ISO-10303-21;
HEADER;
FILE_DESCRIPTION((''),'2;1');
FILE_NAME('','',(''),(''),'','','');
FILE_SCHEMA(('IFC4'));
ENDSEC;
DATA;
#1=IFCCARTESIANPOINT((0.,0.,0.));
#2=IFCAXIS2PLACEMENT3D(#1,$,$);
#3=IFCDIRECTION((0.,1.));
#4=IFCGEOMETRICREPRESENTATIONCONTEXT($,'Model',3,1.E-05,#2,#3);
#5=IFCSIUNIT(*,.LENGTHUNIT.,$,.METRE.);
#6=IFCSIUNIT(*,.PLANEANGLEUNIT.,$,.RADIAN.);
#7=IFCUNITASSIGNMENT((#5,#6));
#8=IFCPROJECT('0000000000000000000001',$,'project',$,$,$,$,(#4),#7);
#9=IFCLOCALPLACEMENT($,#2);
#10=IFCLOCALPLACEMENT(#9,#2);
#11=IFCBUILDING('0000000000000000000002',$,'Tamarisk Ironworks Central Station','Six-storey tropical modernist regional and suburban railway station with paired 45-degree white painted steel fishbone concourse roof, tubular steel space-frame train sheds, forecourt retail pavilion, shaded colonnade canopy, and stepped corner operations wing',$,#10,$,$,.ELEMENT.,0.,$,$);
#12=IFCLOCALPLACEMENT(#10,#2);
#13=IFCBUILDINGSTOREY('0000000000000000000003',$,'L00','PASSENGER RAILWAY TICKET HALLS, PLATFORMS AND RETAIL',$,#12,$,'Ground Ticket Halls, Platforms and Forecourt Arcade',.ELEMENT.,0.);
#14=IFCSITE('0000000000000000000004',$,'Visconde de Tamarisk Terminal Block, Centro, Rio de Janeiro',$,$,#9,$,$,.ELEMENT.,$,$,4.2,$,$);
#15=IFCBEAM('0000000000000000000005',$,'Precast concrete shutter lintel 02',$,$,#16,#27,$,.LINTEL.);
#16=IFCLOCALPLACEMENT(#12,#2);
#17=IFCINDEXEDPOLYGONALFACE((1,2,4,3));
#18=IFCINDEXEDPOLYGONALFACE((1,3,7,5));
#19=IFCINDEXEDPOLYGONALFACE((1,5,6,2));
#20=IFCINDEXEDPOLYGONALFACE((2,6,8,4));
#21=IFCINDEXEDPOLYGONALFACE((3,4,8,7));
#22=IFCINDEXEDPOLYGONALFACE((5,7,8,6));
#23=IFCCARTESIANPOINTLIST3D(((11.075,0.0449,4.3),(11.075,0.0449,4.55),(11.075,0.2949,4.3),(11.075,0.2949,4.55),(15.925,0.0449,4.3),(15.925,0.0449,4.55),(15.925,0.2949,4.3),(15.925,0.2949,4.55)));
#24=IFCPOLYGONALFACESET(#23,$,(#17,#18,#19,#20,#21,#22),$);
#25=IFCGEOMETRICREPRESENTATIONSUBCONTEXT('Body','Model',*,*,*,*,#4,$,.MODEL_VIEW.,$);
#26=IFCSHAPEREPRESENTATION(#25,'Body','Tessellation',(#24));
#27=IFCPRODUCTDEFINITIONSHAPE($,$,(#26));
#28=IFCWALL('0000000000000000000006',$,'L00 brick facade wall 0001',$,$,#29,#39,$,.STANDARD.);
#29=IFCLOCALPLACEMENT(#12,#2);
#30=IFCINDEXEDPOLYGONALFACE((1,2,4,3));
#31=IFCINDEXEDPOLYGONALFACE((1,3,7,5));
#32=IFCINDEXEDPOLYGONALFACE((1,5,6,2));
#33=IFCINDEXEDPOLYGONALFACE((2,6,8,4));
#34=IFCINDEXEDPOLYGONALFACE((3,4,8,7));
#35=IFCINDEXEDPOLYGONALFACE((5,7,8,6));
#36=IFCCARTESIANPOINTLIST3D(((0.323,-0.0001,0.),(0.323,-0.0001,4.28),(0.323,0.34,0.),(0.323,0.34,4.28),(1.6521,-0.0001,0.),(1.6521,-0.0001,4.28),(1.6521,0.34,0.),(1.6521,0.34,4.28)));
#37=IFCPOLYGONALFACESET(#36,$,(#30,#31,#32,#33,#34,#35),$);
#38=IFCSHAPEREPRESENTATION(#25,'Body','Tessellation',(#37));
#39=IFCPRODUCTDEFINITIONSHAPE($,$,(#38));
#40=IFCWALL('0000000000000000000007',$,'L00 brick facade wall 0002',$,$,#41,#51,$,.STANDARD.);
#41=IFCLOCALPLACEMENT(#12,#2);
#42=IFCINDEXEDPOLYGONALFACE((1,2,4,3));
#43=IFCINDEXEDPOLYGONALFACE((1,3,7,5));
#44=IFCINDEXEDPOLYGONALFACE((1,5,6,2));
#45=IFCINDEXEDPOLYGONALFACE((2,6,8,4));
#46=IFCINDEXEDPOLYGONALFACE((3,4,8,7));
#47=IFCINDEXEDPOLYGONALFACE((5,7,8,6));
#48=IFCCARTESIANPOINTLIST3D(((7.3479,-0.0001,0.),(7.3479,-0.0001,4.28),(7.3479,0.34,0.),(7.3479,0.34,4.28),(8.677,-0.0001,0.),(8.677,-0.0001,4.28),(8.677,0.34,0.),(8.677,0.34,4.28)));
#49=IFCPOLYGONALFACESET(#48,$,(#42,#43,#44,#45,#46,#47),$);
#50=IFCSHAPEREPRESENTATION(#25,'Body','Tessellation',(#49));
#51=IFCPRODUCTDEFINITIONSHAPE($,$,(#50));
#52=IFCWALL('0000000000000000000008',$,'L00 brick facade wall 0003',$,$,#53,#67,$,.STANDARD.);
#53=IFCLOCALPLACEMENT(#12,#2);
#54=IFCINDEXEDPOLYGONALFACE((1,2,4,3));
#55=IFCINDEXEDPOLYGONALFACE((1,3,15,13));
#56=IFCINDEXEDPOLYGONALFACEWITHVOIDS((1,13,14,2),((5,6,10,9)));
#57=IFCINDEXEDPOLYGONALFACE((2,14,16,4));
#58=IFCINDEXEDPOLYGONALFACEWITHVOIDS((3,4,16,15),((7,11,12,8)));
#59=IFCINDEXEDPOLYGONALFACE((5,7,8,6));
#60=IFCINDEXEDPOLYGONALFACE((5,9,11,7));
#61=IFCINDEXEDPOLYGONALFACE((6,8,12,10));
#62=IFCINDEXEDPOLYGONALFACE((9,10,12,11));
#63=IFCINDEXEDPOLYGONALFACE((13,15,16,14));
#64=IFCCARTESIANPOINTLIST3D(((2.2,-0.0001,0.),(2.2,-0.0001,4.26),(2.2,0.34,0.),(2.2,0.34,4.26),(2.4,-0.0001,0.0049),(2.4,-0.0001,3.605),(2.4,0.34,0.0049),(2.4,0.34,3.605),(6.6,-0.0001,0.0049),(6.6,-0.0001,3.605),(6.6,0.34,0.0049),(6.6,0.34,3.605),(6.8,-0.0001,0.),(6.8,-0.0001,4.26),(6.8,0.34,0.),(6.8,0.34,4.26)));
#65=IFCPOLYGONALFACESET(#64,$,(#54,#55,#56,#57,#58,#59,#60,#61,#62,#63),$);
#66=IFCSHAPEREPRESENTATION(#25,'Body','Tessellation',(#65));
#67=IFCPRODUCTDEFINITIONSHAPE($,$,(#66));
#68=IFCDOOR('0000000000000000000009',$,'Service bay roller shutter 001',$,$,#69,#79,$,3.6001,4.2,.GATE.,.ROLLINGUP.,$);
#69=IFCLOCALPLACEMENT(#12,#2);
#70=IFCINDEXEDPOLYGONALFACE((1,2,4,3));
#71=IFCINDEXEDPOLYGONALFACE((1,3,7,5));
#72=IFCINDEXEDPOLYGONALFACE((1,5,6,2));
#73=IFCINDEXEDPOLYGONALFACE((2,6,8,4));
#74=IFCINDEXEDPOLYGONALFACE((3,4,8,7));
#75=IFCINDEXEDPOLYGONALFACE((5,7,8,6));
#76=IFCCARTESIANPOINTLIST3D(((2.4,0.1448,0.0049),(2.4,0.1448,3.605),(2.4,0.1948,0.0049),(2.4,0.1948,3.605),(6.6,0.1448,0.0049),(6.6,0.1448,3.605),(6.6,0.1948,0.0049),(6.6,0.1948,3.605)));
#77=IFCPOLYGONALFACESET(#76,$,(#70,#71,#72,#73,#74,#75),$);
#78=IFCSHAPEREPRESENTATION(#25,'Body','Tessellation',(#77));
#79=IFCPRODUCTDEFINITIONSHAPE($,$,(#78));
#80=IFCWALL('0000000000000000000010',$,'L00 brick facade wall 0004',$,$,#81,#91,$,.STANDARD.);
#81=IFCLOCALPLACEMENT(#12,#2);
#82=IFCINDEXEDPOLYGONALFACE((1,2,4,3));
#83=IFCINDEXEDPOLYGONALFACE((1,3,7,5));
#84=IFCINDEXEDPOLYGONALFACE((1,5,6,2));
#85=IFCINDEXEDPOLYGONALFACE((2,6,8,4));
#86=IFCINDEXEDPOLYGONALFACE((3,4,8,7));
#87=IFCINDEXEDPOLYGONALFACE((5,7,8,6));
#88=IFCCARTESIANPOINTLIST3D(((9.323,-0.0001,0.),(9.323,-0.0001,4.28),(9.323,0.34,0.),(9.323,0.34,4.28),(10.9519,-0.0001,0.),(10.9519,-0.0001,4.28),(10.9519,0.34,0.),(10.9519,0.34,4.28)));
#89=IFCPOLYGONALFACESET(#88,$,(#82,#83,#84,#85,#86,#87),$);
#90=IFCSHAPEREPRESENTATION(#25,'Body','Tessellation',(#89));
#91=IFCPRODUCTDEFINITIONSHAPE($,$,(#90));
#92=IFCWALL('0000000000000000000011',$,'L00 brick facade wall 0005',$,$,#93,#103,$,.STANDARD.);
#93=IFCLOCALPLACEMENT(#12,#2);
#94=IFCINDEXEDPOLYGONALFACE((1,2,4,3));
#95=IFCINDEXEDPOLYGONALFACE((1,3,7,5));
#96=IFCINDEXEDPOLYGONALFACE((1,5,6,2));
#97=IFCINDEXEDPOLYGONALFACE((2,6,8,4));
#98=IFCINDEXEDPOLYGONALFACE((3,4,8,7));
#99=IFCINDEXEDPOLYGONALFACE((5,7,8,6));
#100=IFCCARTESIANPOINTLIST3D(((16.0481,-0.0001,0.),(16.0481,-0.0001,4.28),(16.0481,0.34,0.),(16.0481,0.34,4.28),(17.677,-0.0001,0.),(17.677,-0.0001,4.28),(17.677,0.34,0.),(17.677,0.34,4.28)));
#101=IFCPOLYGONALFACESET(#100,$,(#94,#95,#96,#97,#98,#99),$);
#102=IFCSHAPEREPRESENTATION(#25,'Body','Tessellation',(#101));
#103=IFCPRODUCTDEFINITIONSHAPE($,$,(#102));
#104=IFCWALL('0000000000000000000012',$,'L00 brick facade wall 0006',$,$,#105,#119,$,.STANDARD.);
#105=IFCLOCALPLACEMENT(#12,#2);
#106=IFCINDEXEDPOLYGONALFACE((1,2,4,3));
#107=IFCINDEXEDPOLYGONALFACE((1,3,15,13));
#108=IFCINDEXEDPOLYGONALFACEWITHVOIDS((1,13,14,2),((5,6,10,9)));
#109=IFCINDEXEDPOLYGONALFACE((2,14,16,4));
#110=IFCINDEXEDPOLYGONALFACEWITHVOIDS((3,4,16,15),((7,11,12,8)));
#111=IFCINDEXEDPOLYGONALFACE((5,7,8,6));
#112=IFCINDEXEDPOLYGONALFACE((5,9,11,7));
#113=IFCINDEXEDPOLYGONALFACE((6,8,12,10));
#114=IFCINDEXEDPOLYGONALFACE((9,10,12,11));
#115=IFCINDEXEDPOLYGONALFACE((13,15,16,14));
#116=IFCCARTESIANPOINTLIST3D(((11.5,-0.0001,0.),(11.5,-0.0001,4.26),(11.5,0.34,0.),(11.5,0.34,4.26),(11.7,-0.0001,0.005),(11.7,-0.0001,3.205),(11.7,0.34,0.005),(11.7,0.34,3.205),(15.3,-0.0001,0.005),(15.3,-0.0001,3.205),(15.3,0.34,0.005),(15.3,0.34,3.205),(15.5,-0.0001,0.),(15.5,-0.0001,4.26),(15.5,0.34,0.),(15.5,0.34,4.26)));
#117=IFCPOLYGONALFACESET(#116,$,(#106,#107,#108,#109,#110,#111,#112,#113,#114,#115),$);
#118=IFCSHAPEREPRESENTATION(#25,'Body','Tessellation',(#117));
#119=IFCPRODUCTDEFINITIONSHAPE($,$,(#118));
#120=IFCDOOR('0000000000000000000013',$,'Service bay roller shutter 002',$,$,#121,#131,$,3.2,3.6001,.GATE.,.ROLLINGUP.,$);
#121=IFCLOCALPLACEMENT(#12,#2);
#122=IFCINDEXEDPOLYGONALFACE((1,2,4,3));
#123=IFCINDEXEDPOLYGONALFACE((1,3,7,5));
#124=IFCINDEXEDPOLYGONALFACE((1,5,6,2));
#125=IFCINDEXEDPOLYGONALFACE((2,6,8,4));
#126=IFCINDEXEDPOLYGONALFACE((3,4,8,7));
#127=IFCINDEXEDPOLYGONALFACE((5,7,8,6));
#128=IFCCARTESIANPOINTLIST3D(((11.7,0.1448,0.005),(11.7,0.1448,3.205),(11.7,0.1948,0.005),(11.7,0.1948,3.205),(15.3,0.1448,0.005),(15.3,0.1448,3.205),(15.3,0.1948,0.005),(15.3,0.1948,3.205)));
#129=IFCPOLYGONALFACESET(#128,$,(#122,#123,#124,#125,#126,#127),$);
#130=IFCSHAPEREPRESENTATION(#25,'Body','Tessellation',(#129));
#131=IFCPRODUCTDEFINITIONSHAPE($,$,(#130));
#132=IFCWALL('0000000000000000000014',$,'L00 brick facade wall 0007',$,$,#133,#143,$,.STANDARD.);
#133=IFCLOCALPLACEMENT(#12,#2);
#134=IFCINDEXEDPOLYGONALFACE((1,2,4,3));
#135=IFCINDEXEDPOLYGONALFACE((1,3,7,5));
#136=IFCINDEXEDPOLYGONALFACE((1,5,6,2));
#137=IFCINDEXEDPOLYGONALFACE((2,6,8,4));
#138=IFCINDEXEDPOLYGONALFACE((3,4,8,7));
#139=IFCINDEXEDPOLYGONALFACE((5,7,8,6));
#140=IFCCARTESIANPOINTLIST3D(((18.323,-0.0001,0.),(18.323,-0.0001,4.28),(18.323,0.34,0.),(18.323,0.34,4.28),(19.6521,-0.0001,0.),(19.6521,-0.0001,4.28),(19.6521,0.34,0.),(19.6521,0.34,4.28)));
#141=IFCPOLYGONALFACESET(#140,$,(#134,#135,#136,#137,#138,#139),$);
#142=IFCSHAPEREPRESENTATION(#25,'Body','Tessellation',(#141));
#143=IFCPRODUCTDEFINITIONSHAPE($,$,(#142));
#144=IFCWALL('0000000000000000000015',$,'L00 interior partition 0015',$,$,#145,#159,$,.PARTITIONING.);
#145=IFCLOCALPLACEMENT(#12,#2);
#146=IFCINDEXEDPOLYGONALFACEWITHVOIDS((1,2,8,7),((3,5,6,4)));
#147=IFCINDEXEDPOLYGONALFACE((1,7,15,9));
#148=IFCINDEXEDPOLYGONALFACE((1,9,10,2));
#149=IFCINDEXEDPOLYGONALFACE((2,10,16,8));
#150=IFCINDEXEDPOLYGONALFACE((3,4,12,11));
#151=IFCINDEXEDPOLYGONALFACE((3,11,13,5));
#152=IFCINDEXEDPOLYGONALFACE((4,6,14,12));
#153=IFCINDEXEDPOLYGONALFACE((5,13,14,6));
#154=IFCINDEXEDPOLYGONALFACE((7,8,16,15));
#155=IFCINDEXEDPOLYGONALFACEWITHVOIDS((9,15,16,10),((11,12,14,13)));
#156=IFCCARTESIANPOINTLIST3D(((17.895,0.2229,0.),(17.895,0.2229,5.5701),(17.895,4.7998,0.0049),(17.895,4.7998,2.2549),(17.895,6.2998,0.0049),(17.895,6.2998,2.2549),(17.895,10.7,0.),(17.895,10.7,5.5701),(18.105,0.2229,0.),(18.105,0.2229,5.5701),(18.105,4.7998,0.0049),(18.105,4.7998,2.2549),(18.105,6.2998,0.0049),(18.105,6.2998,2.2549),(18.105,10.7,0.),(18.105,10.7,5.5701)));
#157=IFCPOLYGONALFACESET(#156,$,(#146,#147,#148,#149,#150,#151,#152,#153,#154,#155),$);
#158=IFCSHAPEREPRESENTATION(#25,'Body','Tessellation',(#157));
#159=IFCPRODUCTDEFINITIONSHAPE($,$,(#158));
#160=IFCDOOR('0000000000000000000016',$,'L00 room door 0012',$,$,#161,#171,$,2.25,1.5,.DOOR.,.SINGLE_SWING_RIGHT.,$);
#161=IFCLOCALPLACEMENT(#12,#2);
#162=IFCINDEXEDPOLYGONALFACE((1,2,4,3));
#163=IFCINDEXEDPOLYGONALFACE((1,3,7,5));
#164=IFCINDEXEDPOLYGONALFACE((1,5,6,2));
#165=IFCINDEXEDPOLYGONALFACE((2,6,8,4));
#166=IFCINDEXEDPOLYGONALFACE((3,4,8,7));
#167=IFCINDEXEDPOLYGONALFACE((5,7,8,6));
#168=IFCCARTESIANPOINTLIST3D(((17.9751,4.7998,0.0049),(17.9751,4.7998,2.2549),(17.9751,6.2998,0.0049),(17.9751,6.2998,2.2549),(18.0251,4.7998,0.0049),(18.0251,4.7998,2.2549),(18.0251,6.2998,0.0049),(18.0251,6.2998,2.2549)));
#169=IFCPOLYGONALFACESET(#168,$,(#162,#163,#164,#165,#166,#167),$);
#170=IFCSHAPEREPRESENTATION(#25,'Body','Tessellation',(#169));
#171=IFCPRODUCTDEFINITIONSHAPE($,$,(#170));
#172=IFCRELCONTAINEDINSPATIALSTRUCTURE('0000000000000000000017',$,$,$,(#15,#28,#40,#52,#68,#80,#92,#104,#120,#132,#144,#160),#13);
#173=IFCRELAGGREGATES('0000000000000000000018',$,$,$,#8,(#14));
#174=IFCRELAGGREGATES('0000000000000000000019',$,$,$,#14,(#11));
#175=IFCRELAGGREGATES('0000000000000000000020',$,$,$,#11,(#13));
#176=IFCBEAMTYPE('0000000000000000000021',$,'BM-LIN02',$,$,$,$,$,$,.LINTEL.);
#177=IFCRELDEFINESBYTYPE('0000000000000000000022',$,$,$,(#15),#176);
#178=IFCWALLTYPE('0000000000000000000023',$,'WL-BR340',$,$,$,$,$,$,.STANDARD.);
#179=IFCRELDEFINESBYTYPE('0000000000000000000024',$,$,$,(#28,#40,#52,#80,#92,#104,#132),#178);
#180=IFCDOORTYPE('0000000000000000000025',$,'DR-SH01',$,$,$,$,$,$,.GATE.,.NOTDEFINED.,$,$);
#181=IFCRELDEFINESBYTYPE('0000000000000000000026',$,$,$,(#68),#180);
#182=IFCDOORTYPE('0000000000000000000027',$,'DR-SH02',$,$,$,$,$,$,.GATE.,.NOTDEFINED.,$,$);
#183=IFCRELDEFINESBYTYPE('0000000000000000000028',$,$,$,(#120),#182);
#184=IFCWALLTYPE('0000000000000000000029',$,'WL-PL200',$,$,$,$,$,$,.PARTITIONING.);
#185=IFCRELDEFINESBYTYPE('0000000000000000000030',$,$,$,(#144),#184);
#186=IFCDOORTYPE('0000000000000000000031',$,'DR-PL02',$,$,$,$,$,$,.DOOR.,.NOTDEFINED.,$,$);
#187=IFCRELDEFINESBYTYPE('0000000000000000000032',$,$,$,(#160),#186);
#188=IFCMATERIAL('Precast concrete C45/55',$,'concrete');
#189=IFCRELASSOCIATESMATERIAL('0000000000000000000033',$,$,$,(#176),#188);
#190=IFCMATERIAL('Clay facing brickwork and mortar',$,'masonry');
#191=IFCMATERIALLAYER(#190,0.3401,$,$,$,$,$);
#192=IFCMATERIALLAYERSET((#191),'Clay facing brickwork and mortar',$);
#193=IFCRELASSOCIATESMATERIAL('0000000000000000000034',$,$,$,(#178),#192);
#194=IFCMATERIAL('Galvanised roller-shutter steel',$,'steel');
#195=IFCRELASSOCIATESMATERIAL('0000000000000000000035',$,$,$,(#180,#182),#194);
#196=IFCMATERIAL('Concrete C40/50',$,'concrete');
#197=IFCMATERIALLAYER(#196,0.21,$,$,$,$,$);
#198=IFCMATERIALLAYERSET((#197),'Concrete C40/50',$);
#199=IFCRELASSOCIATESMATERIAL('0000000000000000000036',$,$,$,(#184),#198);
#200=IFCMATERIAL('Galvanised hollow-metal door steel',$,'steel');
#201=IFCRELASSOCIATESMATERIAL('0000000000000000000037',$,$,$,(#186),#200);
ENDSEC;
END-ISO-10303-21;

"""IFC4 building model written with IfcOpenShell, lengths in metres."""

from ifc_helpers import new_model, si_unit, direction, frame, frame_2d, origin, origin_2d, place, context, subcontext, project, spatial, rectangle, extrude, material, layer, layer_set, material_profile, profile_set, type_object, element, fill, save


model = new_model("IFC4")

# Units and contexts
model_context = context("Model", 3, precision=1e-05, world=origin(), true_north=direction((0.0, 1.0)))
body_context = subcontext(model_context, "Body", "Model", "MODEL_VIEW")
ifc_project = project(units=[si_unit("LENGTHUNIT", "METRE"), si_unit("PLANEANGLEUNIT", "RADIAN")], contexts=[model_context])

# Site, building, storey
site_placement = place(None, origin())
site = spatial("IfcSite", under=ifc_project, at=site_placement, Name="Visconde de Tamarisk Terminal Block, Centro, Rio de Janeiro", CompositionType="ELEMENT", RefElevation=4.2)
building_placement = place(site_placement, origin())
building = spatial("IfcBuilding", under=site, at=building_placement, Name="Tamarisk Ironworks Central Station", Description="Six-storey tropical modernist regional and suburban railway station with paired 45-degree white painted steel fishbone concourse roof, tubular steel space-frame train sheds, forecourt retail pavilion, shaded colonnade canopy, and stepped corner operations wing", CompositionType="ELEMENT", ElevationOfRefHeight=0.0)
storey_placement = place(building_placement, origin())
storey = spatial("IfcBuildingStorey", under=building, at=storey_placement, Name="L00", Description="PASSENGER RAILWAY TICKET HALLS, PLATFORMS AND RETAIL", LongName="Ground Ticket Halls, Platforms and Forecourt Arcade", CompositionType="ELEMENT", Elevation=0.0)

# Shared definitions
ifc_material_1 = material(Name="Concrete C40/50", Category="concrete")

# Shared definitions
ifc_material_2 = material(Name="Clay facing brickwork and mortar", Category="masonry")

# Beam
ifc_material_3 = material(Name="Precast concrete C45/55", Category="concrete")
ifc_material_profile_1 = material_profile(ifc_material_3, rectangle(XDim=0.25, YDim=0.25, at=origin_2d()), Name="PC LINTEL 250x250")
ifc_profile_set_1 = profile_set([ifc_material_profile_1], Name="Precast concrete C45/55")
beam_type_1 = type_object("IfcBeamType", Name="BM-LIN02", PredefinedType="LINTEL", material=ifc_profile_set_1)
beam_placement = place(storey_placement, frame((11.075, 0.1699, 4.425), z_axis=(1.0, 0.0, 0.0), x_axis=(0.0, 1.0, 0.0)))
element("IfcBeam", 1, at=beam_placement, inside=storey, type_object=beam_type_1, Name="Precast concrete shutter lintel 02", PredefinedType="LINTEL", context=body_context, shape_type="SweptSolid", body=[
    extrude(rectangle(XDim=0.25, YDim=0.25, at=origin_2d()), origin(), (0.0, 0.0, 1.0), 4.8501),
])

# Walls
ifc_layer_1 = layer(ifc_material_2, 0.3401)
ifc_layer_set_1 = layer_set([ifc_layer_1], Name="Clay facing brickwork and mortar")
wall_type_1 = type_object("IfcWallType", Name="WL-BR340", PredefinedType="STANDARD", material=ifc_layer_set_1)
for number, where, z_axis, x_axis, name in (
    (2, (0.323, 0.1699, 0.0), (0.0, 0.0, 1.0), (1.0, 0.0, 0.0), "L00 brick facade wall 0001"),
    (3, (7.3479, 0.1699, 0.0), (0.0, 0.0, 1.0), (1.0, 0.0, 0.0), "L00 brick facade wall 0002"),
):
    element("IfcWall", number, at=place(storey_placement, frame(where, z_axis=z_axis, x_axis=x_axis)), inside=storey, type_object=wall_type_1, Name=name, PredefinedType="STANDARD", context=body_context, shape_type="SweptSolid", body=[
        extrude(rectangle(XDim=1.3291, YDim=0.3401, at=frame_2d((0.6646, 0.0))), origin(), (0.0, 0.0, 1.0), 4.28),
    ])

# Wall, opening, door
wall_1_placement = place(storey_placement, frame((2.2, 0.1699, 0.0), z_axis=(0.0, 0.0, 1.0), x_axis=(1.0, 0.0, 0.0)))
wall_1 = element("IfcWall", 4, at=wall_1_placement, inside=storey, type_object=wall_type_1, Name="L00 brick facade wall 0003", PredefinedType="STANDARD", context=body_context, shape_type="SweptSolid", body=[
    extrude(rectangle(XDim=4.6001, YDim=0.3401, at=frame_2d((2.3, 0.0))), origin(), (0.0, 0.0, 1.0), 4.26),
])
opening_1_placement = place(wall_1_placement, frame((0.2, 0.0, 0.0049)))
opening_1 = element("IfcOpeningElement", 5, at=opening_1_placement, cuts=wall_1, PredefinedType="OPENING", context=body_context, shape_type="SweptSolid", body=[
    extrude(rectangle(XDim=4.2, YDim=3.6001, at=frame_2d((2.1001, 1.8))), frame((0.0, 0.1821, 0.0), z_axis=(0.0, -1.0, 0.0), x_axis=(1.0, 0.0, 0.0)), (0.0, 0.0, 1.0), 0.364),
])
ifc_material_4 = material(Name="Galvanised roller-shutter steel", Category="steel")
door_type_1 = type_object("IfcDoorType", Name="DR-SH01", OperationType="NOTDEFINED", PredefinedType="GATE", material=ifc_material_4)
door_1_placement = place(opening_1_placement, origin())
door_1 = element("IfcDoor", 6, at=door_1_placement, inside=storey, type_object=door_type_1, Name="Service bay roller shutter 001", OperationType="ROLLINGUP", OverallHeight=3.6001, OverallWidth=4.2, PredefinedType="GATE", context=body_context, shape_type="SweptSolid", body=[
    extrude(rectangle(XDim=4.2, YDim=3.6001, at=frame_2d((2.1001, 1.8))), frame((0.0, 0.0249, 0.0), z_axis=(0.0, -1.0, 0.0), x_axis=(1.0, 0.0, 0.0)), (0.0, 0.0, 1.0), 0.05),
])
fill(opening_1, door_1)

# Walls
for number, where, z_axis, x_axis, name in (
    (7, (9.323, 0.1699, 0.0), (0.0, 0.0, 1.0), (1.0, 0.0, 0.0), "L00 brick facade wall 0004"),
    (8, (16.0481, 0.1699, 0.0), (0.0, 0.0, 1.0), (1.0, 0.0, 0.0), "L00 brick facade wall 0005"),
):
    element("IfcWall", number, at=place(storey_placement, frame(where, z_axis=z_axis, x_axis=x_axis)), inside=storey, type_object=wall_type_1, Name=name, PredefinedType="STANDARD", context=body_context, shape_type="SweptSolid", body=[
        extrude(rectangle(XDim=1.6289, YDim=0.3401, at=frame_2d((0.8145, 0.0))), origin(), (0.0, 0.0, 1.0), 4.28),
    ])

# Wall, opening, door
wall_2_placement = place(storey_placement, frame((11.5, 0.1699, 0.0), z_axis=(0.0, 0.0, 1.0), x_axis=(1.0, 0.0, 0.0)))
wall_2 = element("IfcWall", 9, at=wall_2_placement, inside=storey, type_object=wall_type_1, Name="L00 brick facade wall 0006", PredefinedType="STANDARD", context=body_context, shape_type="SweptSolid", body=[
    extrude(rectangle(XDim=4.0, YDim=0.3401, at=frame_2d((2.0, 0.0))), origin(), (0.0, 0.0, 1.0), 4.26),
])
opening_2_placement = place(wall_2_placement, frame((0.2, 0.0, 0.0049)))
opening_2 = element("IfcOpeningElement", 10, at=opening_2_placement, cuts=wall_2, PredefinedType="OPENING", context=body_context, shape_type="SweptSolid", body=[
    extrude(rectangle(XDim=3.6001, YDim=3.2, at=frame_2d((1.8, 1.6001))), frame((0.0, 0.1821, 0.0), z_axis=(0.0, -1.0, 0.0), x_axis=(1.0, 0.0, 0.0)), (0.0, 0.0, 1.0), 0.364),
])
door_type_2 = type_object("IfcDoorType", Name="DR-SH02", OperationType="NOTDEFINED", PredefinedType="GATE", material=ifc_material_4)
door_2_placement = place(opening_2_placement, origin())
door_2 = element("IfcDoor", 11, at=door_2_placement, inside=storey, type_object=door_type_2, Name="Service bay roller shutter 002", OperationType="ROLLINGUP", OverallHeight=3.2, OverallWidth=3.6001, PredefinedType="GATE", context=body_context, shape_type="SweptSolid", body=[
    extrude(rectangle(XDim=3.6001, YDim=3.2, at=frame_2d((1.8, 1.6001))), frame((0.0, 0.0249, 0.0), z_axis=(0.0, -1.0, 0.0), x_axis=(1.0, 0.0, 0.0)), (0.0, 0.0, 1.0), 0.05),
])
fill(opening_2, door_2)

# Wall
wall_3_placement = place(storey_placement, frame((18.323, 0.1699, 0.0), z_axis=(0.0, 0.0, 1.0), x_axis=(1.0, 0.0, 0.0)))
element("IfcWall", 12, at=wall_3_placement, inside=storey, type_object=wall_type_1, Name="L00 brick facade wall 0007", PredefinedType="STANDARD", context=body_context, shape_type="SweptSolid", body=[
    extrude(rectangle(XDim=1.3291, YDim=0.3401, at=frame_2d((0.6646, 0.0))), origin(), (0.0, 0.0, 1.0), 4.28),
])

# Wall, opening, door
ifc_layer_2 = layer(ifc_material_1, 0.21)
ifc_layer_set_2 = layer_set([ifc_layer_2], Name="Concrete C40/50")
wall_type_2 = type_object("IfcWallType", Name="WL-PL200", PredefinedType="PARTITIONING", material=ifc_layer_set_2)
wall_4_placement = place(storey_placement, frame((18.0, 0.2229, 0.0), z_axis=(0.0, 0.0, 1.0), x_axis=(0.0, 1.0, 0.0)))
wall_4 = element("IfcWall", 13, at=wall_4_placement, inside=storey, type_object=wall_type_2, Name="L00 interior partition 0015", PredefinedType="PARTITIONING", context=body_context, shape_type="SweptSolid", body=[
    extrude(rectangle(XDim=10.4771, YDim=0.21, at=frame_2d((5.2385, 0.0))), origin(), (0.0, 0.0, 1.0), 5.5701),
])
opening_3_placement = place(wall_4_placement, frame((4.5769, 0.0, 0.0049)))
opening_3 = element("IfcOpeningElement", 14, at=opening_3_placement, cuts=wall_4, PredefinedType="OPENING", context=body_context, shape_type="SweptSolid", body=[
    extrude(rectangle(XDim=1.5, YDim=2.25, at=frame_2d((0.75, 1.125))), frame((0.0, 0.1169, 0.0), z_axis=(0.0, -1.0, 0.0), x_axis=(1.0, 0.0, 0.0)), (0.0, 0.0, 1.0), 0.2339),
])
ifc_material_5 = material(Name="Galvanised hollow-metal door steel", Category="steel")
door_type_3 = type_object("IfcDoorType", Name="DR-PL02", OperationType="NOTDEFINED", PredefinedType="DOOR", material=ifc_material_5)
door_3_placement = place(opening_3_placement, origin())
door_3 = element("IfcDoor", 15, at=door_3_placement, inside=storey, type_object=door_type_3, Name="L00 room door 0012", OperationType="SINGLE_SWING_RIGHT", OverallHeight=2.25, OverallWidth=1.5, PredefinedType="DOOR", context=body_context, shape_type="SweptSolid", body=[
    extrude(rectangle(XDim=1.5, YDim=2.25, at=frame_2d((0.75, 1.125))), frame((0.0, 0.0249, 0.0), z_axis=(0.0, -1.0, 0.0), x_axis=(1.0, 0.0, 0.0)), (0.0, 0.0, 1.0), 0.05),
])
fill(opening_3, door_3)

save(model, "model.ifc")
